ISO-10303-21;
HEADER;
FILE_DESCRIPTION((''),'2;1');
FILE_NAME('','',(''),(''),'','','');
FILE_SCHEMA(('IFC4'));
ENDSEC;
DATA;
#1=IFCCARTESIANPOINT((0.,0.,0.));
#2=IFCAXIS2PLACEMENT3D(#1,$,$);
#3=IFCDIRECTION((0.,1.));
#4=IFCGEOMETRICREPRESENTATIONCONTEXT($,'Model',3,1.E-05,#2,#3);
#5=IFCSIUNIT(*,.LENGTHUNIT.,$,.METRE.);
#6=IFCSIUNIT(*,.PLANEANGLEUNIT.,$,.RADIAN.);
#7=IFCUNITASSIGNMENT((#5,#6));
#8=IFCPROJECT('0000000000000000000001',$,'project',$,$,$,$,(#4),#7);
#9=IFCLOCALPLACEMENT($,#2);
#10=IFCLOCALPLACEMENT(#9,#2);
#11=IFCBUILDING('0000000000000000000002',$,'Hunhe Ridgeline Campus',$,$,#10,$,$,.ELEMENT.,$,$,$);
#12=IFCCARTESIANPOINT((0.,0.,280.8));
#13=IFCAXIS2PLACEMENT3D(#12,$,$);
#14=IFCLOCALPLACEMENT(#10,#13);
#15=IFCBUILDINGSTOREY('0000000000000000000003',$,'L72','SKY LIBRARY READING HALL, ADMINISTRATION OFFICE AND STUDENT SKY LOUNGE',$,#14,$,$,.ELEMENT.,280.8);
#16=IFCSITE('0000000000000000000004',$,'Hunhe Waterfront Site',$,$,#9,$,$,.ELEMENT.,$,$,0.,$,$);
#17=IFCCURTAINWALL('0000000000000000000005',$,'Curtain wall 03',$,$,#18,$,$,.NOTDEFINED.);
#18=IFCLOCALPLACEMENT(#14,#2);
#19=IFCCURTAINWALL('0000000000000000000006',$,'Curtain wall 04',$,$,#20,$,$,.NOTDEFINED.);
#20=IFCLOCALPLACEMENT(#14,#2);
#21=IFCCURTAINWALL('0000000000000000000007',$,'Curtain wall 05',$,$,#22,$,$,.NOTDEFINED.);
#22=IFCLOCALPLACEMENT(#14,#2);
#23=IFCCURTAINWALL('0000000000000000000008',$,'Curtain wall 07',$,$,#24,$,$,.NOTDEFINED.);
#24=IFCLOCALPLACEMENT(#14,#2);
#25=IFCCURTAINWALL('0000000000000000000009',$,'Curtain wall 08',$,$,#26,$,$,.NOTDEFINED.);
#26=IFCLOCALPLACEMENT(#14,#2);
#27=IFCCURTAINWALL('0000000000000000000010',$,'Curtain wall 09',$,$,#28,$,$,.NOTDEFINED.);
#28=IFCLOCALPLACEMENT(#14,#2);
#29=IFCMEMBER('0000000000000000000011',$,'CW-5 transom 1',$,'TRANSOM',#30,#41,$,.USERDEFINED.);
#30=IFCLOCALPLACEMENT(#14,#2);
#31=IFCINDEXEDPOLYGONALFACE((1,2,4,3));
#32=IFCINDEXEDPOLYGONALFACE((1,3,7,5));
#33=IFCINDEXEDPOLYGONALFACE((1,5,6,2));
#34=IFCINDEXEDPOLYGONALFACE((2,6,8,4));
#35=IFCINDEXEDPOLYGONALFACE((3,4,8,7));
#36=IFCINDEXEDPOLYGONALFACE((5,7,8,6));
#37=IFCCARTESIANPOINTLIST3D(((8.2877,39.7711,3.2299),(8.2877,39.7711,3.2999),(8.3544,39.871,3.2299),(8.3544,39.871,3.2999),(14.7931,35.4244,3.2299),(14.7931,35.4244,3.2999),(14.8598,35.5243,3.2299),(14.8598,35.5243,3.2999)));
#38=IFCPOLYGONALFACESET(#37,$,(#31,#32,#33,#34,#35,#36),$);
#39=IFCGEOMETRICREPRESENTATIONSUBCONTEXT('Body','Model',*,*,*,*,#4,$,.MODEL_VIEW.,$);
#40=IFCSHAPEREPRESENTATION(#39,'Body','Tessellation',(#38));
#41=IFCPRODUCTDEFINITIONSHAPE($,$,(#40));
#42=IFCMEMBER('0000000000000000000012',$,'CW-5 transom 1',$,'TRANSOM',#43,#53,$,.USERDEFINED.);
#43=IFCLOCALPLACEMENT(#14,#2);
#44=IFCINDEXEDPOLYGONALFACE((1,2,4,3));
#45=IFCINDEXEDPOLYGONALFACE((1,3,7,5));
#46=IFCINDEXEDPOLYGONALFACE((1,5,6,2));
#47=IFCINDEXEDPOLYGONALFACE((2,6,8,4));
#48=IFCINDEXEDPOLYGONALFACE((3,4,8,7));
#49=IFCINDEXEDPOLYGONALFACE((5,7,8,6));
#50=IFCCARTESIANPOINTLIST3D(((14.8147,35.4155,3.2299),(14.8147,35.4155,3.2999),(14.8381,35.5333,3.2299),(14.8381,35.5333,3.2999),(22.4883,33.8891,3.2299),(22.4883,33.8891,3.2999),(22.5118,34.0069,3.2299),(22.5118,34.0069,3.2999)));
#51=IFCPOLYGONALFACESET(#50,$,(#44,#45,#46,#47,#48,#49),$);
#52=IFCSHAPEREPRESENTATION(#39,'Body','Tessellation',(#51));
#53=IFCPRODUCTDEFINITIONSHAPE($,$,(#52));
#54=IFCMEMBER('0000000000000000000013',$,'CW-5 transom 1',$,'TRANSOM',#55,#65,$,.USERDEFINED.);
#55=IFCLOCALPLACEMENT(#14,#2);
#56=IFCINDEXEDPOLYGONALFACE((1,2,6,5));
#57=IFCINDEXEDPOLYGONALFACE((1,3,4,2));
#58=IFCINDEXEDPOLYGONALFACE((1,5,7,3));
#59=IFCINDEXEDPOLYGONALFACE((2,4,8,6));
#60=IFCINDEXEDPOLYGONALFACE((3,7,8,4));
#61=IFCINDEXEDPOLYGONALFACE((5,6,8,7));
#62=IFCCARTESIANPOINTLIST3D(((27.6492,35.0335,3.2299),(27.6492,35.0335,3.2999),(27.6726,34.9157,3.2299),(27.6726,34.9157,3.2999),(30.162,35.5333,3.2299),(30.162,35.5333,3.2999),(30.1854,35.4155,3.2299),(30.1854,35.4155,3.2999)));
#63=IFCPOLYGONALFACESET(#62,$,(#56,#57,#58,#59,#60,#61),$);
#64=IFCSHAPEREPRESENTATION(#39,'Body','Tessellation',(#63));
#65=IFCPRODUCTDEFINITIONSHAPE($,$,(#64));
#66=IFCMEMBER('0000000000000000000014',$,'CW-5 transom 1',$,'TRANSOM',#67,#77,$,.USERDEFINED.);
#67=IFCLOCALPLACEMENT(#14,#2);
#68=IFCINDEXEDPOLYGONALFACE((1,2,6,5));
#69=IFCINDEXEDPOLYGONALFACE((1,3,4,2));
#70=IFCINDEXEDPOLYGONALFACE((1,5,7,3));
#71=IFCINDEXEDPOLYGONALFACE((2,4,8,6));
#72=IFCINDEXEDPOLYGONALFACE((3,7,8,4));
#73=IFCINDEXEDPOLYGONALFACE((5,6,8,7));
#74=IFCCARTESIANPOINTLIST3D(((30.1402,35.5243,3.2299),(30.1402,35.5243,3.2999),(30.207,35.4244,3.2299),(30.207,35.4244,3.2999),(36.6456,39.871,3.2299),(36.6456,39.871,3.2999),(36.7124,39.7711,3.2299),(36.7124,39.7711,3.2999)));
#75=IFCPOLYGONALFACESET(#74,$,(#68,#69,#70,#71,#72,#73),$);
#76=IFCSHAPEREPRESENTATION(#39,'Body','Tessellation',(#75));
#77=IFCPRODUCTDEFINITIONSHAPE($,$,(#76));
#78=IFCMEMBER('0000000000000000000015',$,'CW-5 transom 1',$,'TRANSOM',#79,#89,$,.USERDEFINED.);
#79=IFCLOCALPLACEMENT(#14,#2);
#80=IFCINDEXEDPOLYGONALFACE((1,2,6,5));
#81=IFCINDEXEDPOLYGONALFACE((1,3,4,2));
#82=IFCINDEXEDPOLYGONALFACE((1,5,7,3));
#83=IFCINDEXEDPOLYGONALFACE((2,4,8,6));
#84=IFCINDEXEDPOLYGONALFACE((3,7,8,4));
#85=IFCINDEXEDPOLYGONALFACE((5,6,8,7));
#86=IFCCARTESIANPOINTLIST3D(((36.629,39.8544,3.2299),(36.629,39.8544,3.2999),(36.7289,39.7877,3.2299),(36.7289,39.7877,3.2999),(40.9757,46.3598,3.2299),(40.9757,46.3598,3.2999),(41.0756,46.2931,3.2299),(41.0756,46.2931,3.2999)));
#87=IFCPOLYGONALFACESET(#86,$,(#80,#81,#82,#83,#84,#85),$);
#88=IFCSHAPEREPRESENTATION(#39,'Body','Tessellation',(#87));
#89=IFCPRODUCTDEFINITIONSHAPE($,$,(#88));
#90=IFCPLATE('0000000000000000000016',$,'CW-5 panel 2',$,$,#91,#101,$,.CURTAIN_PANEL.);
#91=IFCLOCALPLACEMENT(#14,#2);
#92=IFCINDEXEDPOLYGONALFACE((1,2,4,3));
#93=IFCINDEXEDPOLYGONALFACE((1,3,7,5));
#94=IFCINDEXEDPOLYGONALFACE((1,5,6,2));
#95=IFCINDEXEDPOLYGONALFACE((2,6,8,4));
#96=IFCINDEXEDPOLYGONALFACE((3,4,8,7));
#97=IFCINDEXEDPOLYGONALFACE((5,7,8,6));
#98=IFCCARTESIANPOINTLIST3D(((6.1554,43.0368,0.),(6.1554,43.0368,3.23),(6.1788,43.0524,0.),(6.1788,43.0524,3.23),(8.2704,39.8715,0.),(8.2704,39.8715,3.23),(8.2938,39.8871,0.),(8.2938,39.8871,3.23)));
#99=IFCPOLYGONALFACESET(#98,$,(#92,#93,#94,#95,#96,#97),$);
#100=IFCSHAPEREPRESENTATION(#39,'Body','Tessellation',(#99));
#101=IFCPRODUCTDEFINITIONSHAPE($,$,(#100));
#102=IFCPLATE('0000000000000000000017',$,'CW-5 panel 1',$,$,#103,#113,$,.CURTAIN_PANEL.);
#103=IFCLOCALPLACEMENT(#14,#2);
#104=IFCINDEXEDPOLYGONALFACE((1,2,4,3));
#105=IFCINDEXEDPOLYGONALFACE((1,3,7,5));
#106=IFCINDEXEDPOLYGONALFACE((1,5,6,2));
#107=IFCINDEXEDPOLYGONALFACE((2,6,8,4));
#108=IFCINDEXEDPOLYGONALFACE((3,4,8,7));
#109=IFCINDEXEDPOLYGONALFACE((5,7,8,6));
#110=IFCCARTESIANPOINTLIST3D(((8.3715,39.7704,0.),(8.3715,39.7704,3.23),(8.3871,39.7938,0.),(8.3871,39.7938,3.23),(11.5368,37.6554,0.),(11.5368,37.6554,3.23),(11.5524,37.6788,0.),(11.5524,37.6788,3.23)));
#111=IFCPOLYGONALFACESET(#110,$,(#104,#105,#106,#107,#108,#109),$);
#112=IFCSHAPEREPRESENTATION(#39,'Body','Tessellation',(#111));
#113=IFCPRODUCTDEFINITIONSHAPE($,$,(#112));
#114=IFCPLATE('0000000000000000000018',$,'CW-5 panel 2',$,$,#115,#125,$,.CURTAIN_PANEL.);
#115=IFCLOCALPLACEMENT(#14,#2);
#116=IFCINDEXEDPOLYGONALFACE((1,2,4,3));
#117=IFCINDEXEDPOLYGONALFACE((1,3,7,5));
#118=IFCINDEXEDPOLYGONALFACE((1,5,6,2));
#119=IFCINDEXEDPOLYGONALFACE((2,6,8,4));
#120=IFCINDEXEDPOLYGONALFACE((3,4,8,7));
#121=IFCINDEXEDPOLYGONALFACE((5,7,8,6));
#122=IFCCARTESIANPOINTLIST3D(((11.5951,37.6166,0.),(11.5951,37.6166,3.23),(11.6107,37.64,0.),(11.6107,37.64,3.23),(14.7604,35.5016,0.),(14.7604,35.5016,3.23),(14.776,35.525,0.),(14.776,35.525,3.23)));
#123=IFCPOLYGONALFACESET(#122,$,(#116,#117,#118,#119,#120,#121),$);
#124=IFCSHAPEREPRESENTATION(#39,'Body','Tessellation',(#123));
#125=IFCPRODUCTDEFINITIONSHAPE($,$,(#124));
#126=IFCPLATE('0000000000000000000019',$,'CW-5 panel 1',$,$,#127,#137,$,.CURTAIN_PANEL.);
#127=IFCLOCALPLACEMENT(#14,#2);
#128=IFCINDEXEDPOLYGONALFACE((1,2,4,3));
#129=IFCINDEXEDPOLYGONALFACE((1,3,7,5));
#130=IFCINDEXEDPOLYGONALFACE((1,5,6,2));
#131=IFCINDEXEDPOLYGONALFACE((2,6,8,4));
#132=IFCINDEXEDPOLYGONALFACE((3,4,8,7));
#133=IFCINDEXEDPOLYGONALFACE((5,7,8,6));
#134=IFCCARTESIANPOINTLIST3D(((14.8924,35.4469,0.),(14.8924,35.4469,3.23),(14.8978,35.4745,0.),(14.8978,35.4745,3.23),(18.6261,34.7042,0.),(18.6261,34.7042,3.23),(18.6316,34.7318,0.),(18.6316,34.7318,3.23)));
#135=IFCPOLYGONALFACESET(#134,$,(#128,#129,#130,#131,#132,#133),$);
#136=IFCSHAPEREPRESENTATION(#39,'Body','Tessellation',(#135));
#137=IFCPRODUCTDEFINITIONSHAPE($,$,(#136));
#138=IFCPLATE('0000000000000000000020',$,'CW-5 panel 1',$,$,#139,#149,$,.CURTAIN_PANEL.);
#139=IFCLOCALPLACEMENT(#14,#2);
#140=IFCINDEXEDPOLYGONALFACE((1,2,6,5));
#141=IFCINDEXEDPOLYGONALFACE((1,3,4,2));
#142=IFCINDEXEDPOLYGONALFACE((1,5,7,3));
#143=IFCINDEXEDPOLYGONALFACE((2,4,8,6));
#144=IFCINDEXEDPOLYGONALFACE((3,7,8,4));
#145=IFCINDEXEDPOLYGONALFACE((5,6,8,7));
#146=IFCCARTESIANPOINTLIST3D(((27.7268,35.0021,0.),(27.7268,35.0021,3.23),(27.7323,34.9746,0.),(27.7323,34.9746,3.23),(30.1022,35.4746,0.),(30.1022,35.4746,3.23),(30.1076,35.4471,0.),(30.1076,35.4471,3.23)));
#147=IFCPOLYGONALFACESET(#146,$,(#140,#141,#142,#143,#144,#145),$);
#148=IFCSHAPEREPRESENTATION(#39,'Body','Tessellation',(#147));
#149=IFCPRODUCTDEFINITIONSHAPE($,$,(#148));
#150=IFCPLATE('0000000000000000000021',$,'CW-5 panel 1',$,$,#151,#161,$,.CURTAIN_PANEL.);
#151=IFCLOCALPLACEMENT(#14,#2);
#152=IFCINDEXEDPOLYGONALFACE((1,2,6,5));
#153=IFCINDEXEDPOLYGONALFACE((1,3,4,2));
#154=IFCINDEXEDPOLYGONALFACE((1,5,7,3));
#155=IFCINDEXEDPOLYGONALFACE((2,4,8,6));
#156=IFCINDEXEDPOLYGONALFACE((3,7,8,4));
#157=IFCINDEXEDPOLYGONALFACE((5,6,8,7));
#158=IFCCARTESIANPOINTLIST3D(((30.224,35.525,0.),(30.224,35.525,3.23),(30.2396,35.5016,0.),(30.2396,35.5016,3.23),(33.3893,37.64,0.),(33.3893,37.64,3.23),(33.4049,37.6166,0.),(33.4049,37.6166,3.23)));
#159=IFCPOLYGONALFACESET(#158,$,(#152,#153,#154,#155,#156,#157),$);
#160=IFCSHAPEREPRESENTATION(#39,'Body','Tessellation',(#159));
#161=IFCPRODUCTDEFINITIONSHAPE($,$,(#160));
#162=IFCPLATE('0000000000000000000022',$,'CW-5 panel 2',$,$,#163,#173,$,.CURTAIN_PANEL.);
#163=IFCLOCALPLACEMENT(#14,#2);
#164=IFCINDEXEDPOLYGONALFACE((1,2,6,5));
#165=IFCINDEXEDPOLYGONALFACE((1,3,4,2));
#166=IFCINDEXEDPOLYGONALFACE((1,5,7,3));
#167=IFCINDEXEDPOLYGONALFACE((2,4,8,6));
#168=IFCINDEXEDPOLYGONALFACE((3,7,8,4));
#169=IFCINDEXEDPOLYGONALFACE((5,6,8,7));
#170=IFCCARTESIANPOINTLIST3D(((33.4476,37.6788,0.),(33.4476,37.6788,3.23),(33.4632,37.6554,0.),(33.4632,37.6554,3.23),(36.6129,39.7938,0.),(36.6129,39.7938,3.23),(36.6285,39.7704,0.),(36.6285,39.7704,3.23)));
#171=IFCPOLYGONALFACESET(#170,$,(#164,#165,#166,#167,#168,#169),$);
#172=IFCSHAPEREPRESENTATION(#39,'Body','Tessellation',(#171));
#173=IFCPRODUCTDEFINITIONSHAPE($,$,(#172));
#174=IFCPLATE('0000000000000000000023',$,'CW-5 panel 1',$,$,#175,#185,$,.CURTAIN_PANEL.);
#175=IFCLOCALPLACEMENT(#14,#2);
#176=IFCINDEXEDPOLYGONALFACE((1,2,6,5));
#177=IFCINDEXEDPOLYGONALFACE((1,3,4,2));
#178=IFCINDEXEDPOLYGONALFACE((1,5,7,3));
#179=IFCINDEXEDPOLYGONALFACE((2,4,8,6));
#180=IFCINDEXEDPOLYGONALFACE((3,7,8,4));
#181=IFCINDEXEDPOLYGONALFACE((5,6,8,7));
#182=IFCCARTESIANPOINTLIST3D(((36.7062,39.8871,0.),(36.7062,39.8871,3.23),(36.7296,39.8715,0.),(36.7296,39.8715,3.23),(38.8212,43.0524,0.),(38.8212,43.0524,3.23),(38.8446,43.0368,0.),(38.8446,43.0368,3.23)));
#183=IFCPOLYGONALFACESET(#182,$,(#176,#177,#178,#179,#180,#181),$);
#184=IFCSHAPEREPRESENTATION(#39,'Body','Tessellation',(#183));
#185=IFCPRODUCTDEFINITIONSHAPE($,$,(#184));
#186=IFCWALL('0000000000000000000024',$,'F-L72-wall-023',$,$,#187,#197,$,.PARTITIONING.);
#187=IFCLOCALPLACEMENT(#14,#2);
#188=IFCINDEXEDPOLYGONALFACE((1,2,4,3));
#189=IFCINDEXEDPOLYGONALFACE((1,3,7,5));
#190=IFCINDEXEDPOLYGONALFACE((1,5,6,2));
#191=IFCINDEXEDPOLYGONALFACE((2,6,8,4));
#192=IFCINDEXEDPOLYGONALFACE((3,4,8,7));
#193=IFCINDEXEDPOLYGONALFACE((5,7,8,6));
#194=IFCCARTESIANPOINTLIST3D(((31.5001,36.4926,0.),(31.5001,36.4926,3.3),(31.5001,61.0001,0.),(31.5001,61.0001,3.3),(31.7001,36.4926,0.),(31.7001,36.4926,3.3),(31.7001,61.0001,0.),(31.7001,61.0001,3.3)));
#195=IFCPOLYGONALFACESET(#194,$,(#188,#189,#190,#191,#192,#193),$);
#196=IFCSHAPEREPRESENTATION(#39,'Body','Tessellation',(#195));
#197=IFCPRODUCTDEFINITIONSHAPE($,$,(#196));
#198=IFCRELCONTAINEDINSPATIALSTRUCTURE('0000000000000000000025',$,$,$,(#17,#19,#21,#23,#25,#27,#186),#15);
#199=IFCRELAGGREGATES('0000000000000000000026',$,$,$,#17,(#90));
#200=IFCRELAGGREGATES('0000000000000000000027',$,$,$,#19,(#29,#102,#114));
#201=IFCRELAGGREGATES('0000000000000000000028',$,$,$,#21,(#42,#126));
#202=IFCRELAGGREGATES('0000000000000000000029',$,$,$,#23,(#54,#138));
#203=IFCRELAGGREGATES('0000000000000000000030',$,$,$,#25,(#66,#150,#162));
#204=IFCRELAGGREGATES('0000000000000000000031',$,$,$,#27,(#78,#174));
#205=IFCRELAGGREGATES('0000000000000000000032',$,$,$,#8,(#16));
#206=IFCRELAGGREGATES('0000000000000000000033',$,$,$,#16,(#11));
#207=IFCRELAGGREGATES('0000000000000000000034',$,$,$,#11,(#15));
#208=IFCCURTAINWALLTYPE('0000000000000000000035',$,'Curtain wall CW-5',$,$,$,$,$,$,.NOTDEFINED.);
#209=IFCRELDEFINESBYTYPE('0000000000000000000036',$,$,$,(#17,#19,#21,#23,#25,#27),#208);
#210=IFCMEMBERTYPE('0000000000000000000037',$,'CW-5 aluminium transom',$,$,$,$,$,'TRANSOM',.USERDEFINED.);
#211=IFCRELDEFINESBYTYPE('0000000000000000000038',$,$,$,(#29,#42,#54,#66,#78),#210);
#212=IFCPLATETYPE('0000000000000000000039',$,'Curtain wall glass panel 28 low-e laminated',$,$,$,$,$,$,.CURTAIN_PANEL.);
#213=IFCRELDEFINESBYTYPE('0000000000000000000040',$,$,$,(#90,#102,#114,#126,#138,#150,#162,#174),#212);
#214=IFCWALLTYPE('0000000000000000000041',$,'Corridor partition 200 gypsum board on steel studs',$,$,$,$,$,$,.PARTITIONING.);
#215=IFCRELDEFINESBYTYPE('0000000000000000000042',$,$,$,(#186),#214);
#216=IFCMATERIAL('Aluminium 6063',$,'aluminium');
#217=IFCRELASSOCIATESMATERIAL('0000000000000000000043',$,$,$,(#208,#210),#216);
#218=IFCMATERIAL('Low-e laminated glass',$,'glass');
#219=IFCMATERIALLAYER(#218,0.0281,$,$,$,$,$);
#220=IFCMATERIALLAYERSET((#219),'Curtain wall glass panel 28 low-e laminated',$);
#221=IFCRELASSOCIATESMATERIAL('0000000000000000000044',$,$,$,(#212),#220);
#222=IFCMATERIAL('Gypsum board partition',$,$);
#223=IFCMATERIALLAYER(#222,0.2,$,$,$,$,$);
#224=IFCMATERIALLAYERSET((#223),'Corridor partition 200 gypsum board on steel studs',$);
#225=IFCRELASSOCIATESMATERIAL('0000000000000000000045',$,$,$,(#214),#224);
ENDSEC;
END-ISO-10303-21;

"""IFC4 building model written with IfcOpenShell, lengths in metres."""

from ifc_helpers import new_model, si_unit, direction, frame, frame_2d, origin, origin_2d, place, context, subcontext, project, spatial, rectangle, extrude, material, layer, layer_set, material_profile, profile_set, type_object, element, aggregate, save


model = new_model("IFC4")

# Units and contexts
model_context = context("Model", 3, precision=1e-05, world=origin(), true_north=direction((0.0, 1.0)))
body_context = subcontext(model_context, "Body", "Model", "MODEL_VIEW")
ifc_project = project(units=[si_unit("LENGTHUNIT", "METRE"), si_unit("PLANEANGLEUNIT", "RADIAN")], contexts=[model_context])

# Site, building, storey
site_placement = place(None, origin())
site = spatial("IfcSite", under=ifc_project, at=site_placement, Name="Hunhe Waterfront Site", CompositionType="ELEMENT", RefElevation=0.0)
building_placement = place(site_placement, origin())
building = spatial("IfcBuilding", under=site, at=building_placement, Name="Hunhe Ridgeline Campus", CompositionType="ELEMENT")
storey_placement = place(building_placement, frame((0.0, 0.0, 280.8)))
storey = spatial("IfcBuildingStorey", under=building, at=storey_placement, Name="L72", Description="SKY LIBRARY READING HALL, ADMINISTRATION OFFICE AND STUDENT SKY LOUNGE", CompositionType="ELEMENT", Elevation=280.8)

# Curtain walls
ifc_material_1 = material(Name="Aluminium 6063", Category="aluminium")
curtain_wall_type = type_object("IfcCurtainWallType", Name="Curtain wall CW-5", PredefinedType="NOTDEFINED", material=ifc_material_1)
curtain_wall_1_placement = place(storey_placement, origin())
curtain_wall_1 = element("IfcCurtainWall", 1, at=curtain_wall_1_placement, inside=storey, type_object=curtain_wall_type, Name="Curtain wall 03", PredefinedType="NOTDEFINED")
curtain_wall_2_placement = place(storey_placement, origin())
curtain_wall_2 = element("IfcCurtainWall", 2, at=curtain_wall_2_placement, inside=storey, type_object=curtain_wall_type, Name="Curtain wall 04", PredefinedType="NOTDEFINED")
curtain_wall_3_placement = place(storey_placement, origin())
curtain_wall_3 = element("IfcCurtainWall", 3, at=curtain_wall_3_placement, inside=storey, type_object=curtain_wall_type, Name="Curtain wall 05", PredefinedType="NOTDEFINED")
curtain_wall_4_placement = place(storey_placement, origin())
curtain_wall_4 = element("IfcCurtainWall", 4, at=curtain_wall_4_placement, inside=storey, type_object=curtain_wall_type, Name="Curtain wall 07", PredefinedType="NOTDEFINED")
curtain_wall_5_placement = place(storey_placement, origin())
curtain_wall_5 = element("IfcCurtainWall", 5, at=curtain_wall_5_placement, inside=storey, type_object=curtain_wall_type, Name="Curtain wall 08", PredefinedType="NOTDEFINED")

# Curtain wall
curtain_wall_6_placement = place(storey_placement, origin())
curtain_wall_6 = element("IfcCurtainWall", 6, at=curtain_wall_6_placement, inside=storey, type_object=curtain_wall_type, Name="Curtain wall 09", PredefinedType="NOTDEFINED")

# Members
ifc_material_profile_1 = material_profile(ifc_material_1, rectangle(XDim=0.1201, YDim=0.0701, at=origin_2d()))
ifc_profile_set_1 = profile_set([ifc_material_profile_1], Name="Aluminium 6063")
member_type_1 = type_object("IfcMemberType", Name="CW-5 aluminium transom", ElementType="TRANSOM", PredefinedType="USERDEFINED", material=ifc_profile_set_1)
member_1_placement = place(storey_placement, frame((8.321, 39.821, 3.2649), z_axis=(0.831474, -0.555564, 0.0), x_axis=(0.555564, 0.831474, 0.0)))
member_1 = element("IfcMember", 7, at=member_1_placement, type_object=member_type_1, Name="CW-5 transom 1", ObjectType="TRANSOM", PredefinedType="USERDEFINED", context=body_context, shape_type="SweptSolid", body=[
    extrude(rectangle(XDim=0.1201, YDim=0.0701, at=origin_2d()), origin(), (0.0, 0.0, 1.0), 7.824),
])
member_2_placement = place(storey_placement, frame((14.8264, 35.4744, 3.2649), z_axis=(0.980785, -0.19509, 0.0), x_axis=(0.19509, 0.980785, 0.0)))
member_2 = element("IfcMember", 8, at=member_2_placement, type_object=member_type_1, Name="CW-5 transom 1", ObjectType="TRANSOM", PredefinedType="USERDEFINED", context=body_context, shape_type="SweptSolid", body=[
    extrude(rectangle(XDim=0.1201, YDim=0.0701, at=origin_2d()), origin(), (0.0, 0.0, 1.0), 7.824),
])
member_3_placement = place(storey_placement, frame((27.6609, 34.9746, 3.2649), z_axis=(0.980789, 0.195071, 0.0), x_axis=(-0.195071, 0.980789, 0.0)))
member_3 = element("IfcMember", 9, at=member_3_placement, type_object=member_type_1, Name="CW-5 transom 1", ObjectType="TRANSOM", PredefinedType="USERDEFINED", context=body_context, shape_type="SweptSolid", body=[
    extrude(rectangle(XDim=0.1201, YDim=0.0701, at=origin_2d()), origin(), (0.0, 0.0, 1.0), 2.562),
])
member_4_placement = place(storey_placement, frame((30.1736, 35.4744, 3.2649), z_axis=(0.831474, 0.555564, 0.0), x_axis=(-0.555564, 0.831474, 0.0)))
member_4 = element("IfcMember", 10, at=member_4_placement, type_object=member_type_1, Name="CW-5 transom 1", ObjectType="TRANSOM", PredefinedType="USERDEFINED", context=body_context, shape_type="SweptSolid", body=[
    extrude(rectangle(XDim=0.1201, YDim=0.0701, at=origin_2d()), origin(), (0.0, 0.0, 1.0), 7.824),
])
member_5_placement = place(storey_placement, frame((36.679, 39.821, 3.2649), z_axis=(0.555564, 0.831474, 0.0), x_axis=(-0.831474, 0.555564, 0.0)))
member_5 = element("IfcMember", 11, at=member_5_placement, type_object=member_type_1, Name="CW-5 transom 1", ObjectType="TRANSOM", PredefinedType="USERDEFINED", context=body_context, shape_type="SweptSolid", body=[
    extrude(rectangle(XDim=0.1201, YDim=0.0701, at=origin_2d()), origin(), (0.0, 0.0, 1.0), 7.824),
])

# Plates
ifc_material_2 = material(Name="Low-e laminated glass", Category="glass")
ifc_layer_1 = layer(ifc_material_2, 0.0281)
ifc_layer_set_1 = layer_set([ifc_layer_1], Name="Curtain wall glass panel 28 low-e laminated")
plate_type = type_object("IfcPlateType", Name="Curtain wall glass panel 28 low-e laminated", PredefinedType="CURTAIN_PANEL", material=ifc_layer_set_1)
plate_1_placement = place(storey_placement, frame((7.2246, 41.4619, 0.0), z_axis=(0.0, 0.0, 1.0), x_axis=(0.55557, -0.83147, 0.0)))
plate_1 = element("IfcPlate", 12, at=plate_1_placement, type_object=plate_type, Name="CW-5 panel 2", PredefinedType="CURTAIN_PANEL", context=body_context, shape_type="SweptSolid", body=[
    extrude(rectangle(XDim=3.8069, YDim=0.0281, at=origin_2d()), origin(), (0.0, 0.0, 1.0), 3.23),
])
aggregate(curtain_wall_1, [plate_1])
plate_2_placement = place(storey_placement, frame((9.9619, 38.7246, 0.0), z_axis=(0.0, 0.0, 1.0), x_axis=(0.83147, -0.55557, 0.0)))
plate_2 = element("IfcPlate", 13, at=plate_2_placement, type_object=plate_type, Name="CW-5 panel 1", PredefinedType="CURTAIN_PANEL", context=body_context, shape_type="SweptSolid", body=[
    extrude(rectangle(XDim=3.8069, YDim=0.0281, at=origin_2d()), origin(), (0.0, 0.0, 1.0), 3.23),
])
plate_3_placement = place(storey_placement, frame((13.1855, 36.5708, 0.0), z_axis=(0.0, 0.0, 1.0), x_axis=(0.83147, -0.55557, 0.0)))
plate_3 = element("IfcPlate", 14, at=plate_3_placement, type_object=plate_type, Name="CW-5 panel 2", PredefinedType="CURTAIN_PANEL", context=body_context, shape_type="SweptSolid", body=[
    extrude(rectangle(XDim=3.8069, YDim=0.0281, at=origin_2d()), origin(), (0.0, 0.0, 1.0), 3.23),
])
aggregate(curtain_wall_2, [member_1, plate_2, plate_3])
plate_4_placement = place(storey_placement, frame((16.762, 35.0894, 0.0), z_axis=(0.0, 0.0, 1.0), x_axis=(0.980785, -0.19509, 0.0)))
plate_4 = element("IfcPlate", 15, at=plate_4_placement, type_object=plate_type, Name="CW-5 panel 1", PredefinedType="CURTAIN_PANEL", context=body_context, shape_type="SweptSolid", body=[
    extrude(rectangle(XDim=3.8069, YDim=0.0281, at=origin_2d()), origin(), (0.0, 0.0, 1.0), 3.23),
])
aggregate(curtain_wall_3, [member_2, plate_4])
plate_5_placement = place(storey_placement, frame((28.9172, 35.2246, 0.0), z_axis=(0.0, 0.0, 1.0), x_axis=(0.980785, 0.195091, 0.0)))
plate_5 = element("IfcPlate", 16, at=plate_5_placement, type_object=plate_type, Name="CW-5 panel 1", PredefinedType="CURTAIN_PANEL", context=body_context, shape_type="SweptSolid", body=[
    extrude(rectangle(XDim=2.4219, YDim=0.0281, at=origin_2d()), origin(), (0.0, 0.0, 1.0), 3.23),
])
aggregate(curtain_wall_4, [member_3, plate_5])
plate_6_placement = place(storey_placement, frame((31.8145, 36.5708, 0.0), z_axis=(0.0, 0.0, 1.0), x_axis=(0.83147, 0.55557, 0.0)))
plate_6 = element("IfcPlate", 17, at=plate_6_placement, type_object=plate_type, Name="CW-5 panel 1", PredefinedType="CURTAIN_PANEL", context=body_context, shape_type="SweptSolid", body=[
    extrude(rectangle(XDim=3.8069, YDim=0.0281, at=origin_2d()), origin(), (0.0, 0.0, 1.0), 3.23),
])
plate_7_placement = place(storey_placement, frame((35.0381, 38.7246, 0.0), z_axis=(0.0, 0.0, 1.0), x_axis=(0.83147, 0.55557, 0.0)))
plate_7 = element("IfcPlate", 18, at=plate_7_placement, type_object=plate_type, Name="CW-5 panel 2", PredefinedType="CURTAIN_PANEL", context=body_context, shape_type="SweptSolid", body=[
    extrude(rectangle(XDim=3.8069, YDim=0.0281, at=origin_2d()), origin(), (0.0, 0.0, 1.0), 3.23),
])
aggregate(curtain_wall_5, [member_4, plate_6, plate_7])
plate_8_placement = place(storey_placement, frame((37.7754, 41.4619, 0.0), z_axis=(0.0, 0.0, 1.0), x_axis=(0.55557, 0.83147, 0.0)))
plate_8 = element("IfcPlate", 19, at=plate_8_placement, type_object=plate_type, Name="CW-5 panel 1", PredefinedType="CURTAIN_PANEL", context=body_context, shape_type="SweptSolid", body=[
    extrude(rectangle(XDim=3.8069, YDim=0.0281, at=origin_2d()), origin(), (0.0, 0.0, 1.0), 3.23),
])
aggregate(curtain_wall_6, [member_5, plate_8])

# Wall
ifc_material_3 = material(Name="Gypsum board partition")
ifc_layer_2 = layer(ifc_material_3, 0.2)
ifc_layer_set_2 = layer_set([ifc_layer_2], Name="Corridor partition 200 gypsum board on steel studs")
wall_type_1 = type_object("IfcWallType", Name="Corridor partition 200 gypsum board on steel studs", PredefinedType="PARTITIONING", material=ifc_layer_set_2)
wall_1_placement = place(storey_placement, frame((31.6001, 36.4924, 0.0), z_axis=(0.0, 0.0, 1.0), x_axis=(0.0, 1.0, 0.0)))
element("IfcWall", 20, at=wall_1_placement, inside=storey, type_object=wall_type_1, Name="F-L72-wall-023", PredefinedType="PARTITIONING", context=body_context, shape_type="SweptSolid", body=[
    extrude(rectangle(XDim=24.5076, YDim=0.2, at=frame_2d((12.2539, 0.0))), origin(), (0.0, 0.0, 1.0), 3.3),
])

save(model, "model.ifc")
